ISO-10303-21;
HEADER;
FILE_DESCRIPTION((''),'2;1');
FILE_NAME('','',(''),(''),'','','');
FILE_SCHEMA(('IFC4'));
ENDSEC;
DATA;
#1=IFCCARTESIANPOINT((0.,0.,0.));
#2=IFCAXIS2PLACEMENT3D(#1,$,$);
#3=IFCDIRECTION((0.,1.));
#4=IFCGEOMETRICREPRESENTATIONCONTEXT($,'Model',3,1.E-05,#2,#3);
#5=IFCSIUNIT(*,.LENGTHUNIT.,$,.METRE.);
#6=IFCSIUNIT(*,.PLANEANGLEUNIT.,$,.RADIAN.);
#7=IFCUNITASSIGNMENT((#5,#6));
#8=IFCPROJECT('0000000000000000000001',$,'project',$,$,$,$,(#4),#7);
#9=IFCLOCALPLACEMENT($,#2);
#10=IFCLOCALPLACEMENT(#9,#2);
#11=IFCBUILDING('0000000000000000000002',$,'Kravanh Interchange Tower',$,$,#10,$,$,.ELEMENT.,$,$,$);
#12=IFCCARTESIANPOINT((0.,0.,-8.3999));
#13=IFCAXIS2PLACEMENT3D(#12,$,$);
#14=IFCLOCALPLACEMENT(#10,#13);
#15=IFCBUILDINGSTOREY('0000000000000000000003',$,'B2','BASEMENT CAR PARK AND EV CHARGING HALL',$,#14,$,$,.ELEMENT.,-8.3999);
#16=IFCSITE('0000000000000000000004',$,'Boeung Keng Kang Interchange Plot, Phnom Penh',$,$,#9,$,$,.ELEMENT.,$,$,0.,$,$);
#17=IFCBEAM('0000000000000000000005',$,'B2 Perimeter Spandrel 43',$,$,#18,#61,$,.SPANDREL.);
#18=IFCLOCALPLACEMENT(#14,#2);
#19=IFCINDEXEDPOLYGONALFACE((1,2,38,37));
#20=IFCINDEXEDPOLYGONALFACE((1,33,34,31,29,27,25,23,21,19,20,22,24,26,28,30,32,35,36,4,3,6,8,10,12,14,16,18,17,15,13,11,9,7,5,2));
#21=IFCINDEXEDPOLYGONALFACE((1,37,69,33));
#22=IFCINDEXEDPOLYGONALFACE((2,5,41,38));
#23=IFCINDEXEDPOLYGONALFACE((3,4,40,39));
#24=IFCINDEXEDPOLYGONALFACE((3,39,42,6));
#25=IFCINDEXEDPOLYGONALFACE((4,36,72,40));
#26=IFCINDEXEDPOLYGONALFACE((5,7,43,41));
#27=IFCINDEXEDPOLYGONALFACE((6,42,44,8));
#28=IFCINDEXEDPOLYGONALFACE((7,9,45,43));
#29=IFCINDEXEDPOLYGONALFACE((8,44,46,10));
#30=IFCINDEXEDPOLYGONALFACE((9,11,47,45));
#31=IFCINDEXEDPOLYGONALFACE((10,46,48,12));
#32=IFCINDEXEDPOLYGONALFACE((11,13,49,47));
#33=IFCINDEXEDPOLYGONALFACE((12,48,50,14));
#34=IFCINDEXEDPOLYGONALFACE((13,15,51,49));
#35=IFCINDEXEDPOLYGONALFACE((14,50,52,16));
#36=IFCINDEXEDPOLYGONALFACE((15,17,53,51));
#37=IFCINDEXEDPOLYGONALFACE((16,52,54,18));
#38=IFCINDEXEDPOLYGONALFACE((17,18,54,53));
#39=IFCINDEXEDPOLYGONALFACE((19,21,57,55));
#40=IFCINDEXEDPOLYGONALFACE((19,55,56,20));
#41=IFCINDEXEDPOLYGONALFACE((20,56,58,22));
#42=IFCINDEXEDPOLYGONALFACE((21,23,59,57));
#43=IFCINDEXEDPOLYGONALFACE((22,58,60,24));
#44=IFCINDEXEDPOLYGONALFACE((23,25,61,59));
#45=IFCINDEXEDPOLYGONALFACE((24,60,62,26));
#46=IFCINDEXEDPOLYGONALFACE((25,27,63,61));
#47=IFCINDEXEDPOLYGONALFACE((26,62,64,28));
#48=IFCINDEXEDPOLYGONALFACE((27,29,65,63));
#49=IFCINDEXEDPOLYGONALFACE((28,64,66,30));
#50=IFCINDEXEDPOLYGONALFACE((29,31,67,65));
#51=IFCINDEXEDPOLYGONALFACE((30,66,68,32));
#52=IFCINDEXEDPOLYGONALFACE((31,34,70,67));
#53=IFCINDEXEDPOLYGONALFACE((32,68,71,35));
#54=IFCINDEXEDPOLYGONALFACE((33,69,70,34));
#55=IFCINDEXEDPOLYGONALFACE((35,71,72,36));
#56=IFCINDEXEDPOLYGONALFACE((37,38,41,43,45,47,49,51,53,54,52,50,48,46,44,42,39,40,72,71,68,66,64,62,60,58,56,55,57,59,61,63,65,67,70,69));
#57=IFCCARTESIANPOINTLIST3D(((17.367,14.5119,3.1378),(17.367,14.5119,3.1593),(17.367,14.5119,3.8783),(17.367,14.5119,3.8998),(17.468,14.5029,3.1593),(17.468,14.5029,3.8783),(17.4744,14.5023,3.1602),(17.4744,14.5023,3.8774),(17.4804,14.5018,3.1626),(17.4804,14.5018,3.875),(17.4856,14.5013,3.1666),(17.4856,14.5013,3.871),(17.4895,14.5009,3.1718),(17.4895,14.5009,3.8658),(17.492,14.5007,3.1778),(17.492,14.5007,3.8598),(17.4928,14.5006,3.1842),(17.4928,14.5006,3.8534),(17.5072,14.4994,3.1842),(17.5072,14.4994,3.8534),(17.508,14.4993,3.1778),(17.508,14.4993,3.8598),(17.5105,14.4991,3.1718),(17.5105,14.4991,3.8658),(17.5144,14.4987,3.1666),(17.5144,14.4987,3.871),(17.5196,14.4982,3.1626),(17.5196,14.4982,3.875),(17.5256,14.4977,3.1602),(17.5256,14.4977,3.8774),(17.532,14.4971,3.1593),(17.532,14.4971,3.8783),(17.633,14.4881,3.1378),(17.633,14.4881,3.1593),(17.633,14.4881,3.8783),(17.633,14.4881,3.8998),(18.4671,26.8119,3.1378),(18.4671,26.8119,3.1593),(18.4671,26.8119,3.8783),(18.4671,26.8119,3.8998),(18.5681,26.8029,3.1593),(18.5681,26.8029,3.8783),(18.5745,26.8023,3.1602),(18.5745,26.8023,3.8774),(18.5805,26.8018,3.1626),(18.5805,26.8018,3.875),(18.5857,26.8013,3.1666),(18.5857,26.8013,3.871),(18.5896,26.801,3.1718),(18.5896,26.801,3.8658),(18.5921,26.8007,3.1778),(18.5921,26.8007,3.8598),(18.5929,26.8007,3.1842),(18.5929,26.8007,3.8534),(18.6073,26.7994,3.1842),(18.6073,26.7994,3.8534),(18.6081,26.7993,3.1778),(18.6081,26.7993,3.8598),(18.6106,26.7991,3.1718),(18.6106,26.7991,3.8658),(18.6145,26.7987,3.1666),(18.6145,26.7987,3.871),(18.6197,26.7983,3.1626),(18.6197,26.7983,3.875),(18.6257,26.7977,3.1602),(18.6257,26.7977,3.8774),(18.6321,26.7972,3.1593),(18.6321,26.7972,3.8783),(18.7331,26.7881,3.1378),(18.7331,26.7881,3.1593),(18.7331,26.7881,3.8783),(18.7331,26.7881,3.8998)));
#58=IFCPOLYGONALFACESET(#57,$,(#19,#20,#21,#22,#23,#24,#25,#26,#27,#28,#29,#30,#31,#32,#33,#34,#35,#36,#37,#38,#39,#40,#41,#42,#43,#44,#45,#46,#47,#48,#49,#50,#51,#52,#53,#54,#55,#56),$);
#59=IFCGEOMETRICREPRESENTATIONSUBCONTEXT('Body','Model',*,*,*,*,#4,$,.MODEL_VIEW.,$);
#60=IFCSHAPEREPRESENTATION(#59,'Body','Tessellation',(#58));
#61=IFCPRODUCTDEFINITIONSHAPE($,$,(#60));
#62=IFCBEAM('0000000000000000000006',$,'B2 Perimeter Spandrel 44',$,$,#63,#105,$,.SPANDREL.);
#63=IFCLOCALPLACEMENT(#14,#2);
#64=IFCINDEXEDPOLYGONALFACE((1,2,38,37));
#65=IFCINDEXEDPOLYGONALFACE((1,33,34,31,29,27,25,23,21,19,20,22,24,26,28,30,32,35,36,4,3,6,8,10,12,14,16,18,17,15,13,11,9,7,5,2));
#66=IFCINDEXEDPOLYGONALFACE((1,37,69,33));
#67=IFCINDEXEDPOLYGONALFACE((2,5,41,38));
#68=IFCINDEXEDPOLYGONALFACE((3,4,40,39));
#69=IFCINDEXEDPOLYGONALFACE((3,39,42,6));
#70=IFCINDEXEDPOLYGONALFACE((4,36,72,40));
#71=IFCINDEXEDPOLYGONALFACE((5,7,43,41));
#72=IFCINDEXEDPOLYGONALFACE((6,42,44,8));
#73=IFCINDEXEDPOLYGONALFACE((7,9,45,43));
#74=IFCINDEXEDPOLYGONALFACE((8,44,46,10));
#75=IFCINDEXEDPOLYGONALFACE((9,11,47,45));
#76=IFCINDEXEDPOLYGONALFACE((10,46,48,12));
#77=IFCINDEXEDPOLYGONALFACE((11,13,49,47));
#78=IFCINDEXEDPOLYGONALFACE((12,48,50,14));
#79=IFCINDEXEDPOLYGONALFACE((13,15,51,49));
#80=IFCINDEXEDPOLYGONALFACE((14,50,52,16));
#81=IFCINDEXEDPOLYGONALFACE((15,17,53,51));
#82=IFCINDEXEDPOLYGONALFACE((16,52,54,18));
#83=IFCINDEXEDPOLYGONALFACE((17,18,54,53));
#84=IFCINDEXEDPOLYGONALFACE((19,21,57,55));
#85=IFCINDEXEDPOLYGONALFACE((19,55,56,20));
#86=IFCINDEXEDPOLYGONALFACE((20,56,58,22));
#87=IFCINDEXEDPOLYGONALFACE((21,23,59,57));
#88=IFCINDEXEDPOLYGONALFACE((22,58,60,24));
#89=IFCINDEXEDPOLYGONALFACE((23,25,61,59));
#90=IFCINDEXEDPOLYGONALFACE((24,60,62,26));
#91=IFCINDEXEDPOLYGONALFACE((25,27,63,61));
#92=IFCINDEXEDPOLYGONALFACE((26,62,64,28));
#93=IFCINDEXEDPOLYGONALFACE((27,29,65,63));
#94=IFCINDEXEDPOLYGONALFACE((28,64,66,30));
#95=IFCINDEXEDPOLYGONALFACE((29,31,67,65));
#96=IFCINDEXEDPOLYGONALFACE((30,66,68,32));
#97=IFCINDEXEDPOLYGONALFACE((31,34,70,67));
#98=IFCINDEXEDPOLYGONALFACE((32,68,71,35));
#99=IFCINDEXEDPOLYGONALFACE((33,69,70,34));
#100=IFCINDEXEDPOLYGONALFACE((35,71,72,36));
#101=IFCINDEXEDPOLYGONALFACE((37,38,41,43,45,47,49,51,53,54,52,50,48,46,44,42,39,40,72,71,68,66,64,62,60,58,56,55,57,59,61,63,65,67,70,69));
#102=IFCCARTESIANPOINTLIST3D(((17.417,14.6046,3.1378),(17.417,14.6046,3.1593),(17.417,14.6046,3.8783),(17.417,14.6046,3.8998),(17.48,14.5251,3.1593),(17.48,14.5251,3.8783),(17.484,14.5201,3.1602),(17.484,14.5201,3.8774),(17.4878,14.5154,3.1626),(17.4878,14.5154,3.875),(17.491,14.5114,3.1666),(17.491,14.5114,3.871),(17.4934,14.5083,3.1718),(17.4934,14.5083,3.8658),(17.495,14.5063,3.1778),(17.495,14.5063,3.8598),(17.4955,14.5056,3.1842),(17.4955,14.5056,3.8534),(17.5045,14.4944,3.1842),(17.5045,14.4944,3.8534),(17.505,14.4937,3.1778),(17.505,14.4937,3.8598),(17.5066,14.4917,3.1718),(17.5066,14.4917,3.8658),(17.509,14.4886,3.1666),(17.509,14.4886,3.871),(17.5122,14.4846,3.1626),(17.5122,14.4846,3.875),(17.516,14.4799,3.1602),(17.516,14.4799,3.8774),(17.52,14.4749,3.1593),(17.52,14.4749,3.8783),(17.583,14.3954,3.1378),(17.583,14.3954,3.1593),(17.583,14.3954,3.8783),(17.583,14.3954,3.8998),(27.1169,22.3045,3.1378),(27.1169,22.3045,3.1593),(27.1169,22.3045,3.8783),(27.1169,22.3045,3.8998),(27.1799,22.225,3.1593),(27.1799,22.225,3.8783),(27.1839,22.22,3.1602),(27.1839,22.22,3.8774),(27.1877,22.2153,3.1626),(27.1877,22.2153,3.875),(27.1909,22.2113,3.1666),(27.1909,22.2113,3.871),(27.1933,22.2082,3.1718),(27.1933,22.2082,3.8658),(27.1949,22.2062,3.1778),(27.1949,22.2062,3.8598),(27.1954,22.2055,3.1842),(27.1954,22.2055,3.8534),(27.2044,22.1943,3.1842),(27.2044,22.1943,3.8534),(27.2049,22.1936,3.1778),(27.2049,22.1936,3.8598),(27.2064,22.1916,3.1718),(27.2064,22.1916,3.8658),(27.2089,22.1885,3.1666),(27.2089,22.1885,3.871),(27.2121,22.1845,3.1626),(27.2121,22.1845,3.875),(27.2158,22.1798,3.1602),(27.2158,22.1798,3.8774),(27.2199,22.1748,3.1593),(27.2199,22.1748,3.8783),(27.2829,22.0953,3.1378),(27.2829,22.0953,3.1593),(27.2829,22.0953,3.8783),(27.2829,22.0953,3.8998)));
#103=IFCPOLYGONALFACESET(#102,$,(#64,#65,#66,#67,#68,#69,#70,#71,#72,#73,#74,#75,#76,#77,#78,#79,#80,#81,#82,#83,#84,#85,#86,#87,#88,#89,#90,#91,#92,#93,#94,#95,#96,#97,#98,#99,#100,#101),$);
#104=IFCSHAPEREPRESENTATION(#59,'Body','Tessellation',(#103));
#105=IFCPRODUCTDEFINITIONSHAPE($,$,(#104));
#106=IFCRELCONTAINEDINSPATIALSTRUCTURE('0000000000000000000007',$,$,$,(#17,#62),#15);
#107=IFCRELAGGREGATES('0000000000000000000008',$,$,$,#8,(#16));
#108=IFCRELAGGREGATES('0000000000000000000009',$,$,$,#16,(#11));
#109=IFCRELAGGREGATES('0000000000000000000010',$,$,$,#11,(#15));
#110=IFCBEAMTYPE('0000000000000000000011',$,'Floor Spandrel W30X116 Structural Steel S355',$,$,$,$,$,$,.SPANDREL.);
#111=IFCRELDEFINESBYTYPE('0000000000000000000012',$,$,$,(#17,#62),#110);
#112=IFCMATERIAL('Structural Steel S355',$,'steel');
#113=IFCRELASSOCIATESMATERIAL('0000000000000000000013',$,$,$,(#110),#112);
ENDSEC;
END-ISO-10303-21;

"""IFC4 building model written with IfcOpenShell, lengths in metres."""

from ifc_helpers import new_model, si_unit, direction, frame, origin, origin_2d, place, context, subcontext, project, spatial, i_section, extrude, material, material_profile, profile_set, type_object, element, save


model = new_model("IFC4")

# Units and contexts
model_context = context("Model", 3, precision=1e-05, world=origin(), true_north=direction((0.0, 1.0)))
body_context = subcontext(model_context, "Body", "Model", "MODEL_VIEW")
ifc_project = project(units=[si_unit("LENGTHUNIT", "METRE"), si_unit("PLANEANGLEUNIT", "RADIAN")], contexts=[model_context])

# Site, building, storey
site_placement = place(None, origin())
site = spatial("IfcSite", under=ifc_project, at=site_placement, Name="Boeung Keng Kang Interchange Plot, Phnom Penh", CompositionType="ELEMENT", RefElevation=0.0)
building_placement = place(site_placement, origin())
building = spatial("IfcBuilding", under=site, at=building_placement, Name="Kravanh Interchange Tower", CompositionType="ELEMENT")
storey_placement = place(building_placement, frame((0.0, 0.0, -8.3999)))
storey = spatial("IfcBuildingStorey", under=building, at=storey_placement, Name="B2", Description="BASEMENT CAR PARK AND EV CHARGING HALL", CompositionType="ELEMENT", Elevation=-8.3999)

# Beams
ifc_material_1 = material(Name="Structural Steel S355", Category="steel")
ifc_material_profile_1 = material_profile(ifc_material_1, i_section(OverallWidth=0.2671, OverallDepth=0.762, WebThickness=0.0144, FlangeThickness=0.0215, FilletRadius=0.0249, at=origin_2d()), Name="W30X116")
ifc_profile_set_1 = profile_set([ifc_material_profile_1], Name="Structural Steel S355")
beam_type_1 = type_object("IfcBeamType", Name="Floor Spandrel W30X116 Structural Steel S355", PredefinedType="SPANDREL", material=ifc_profile_set_1)
beam_1_placement = place(storey_placement, frame((17.5, 14.5, 3.5188), z_axis=(0.089083, 0.996024, 0.0), x_axis=(-0.996024, 0.089083, 0.0)))
element("IfcBeam", 1, at=beam_1_placement, inside=storey, type_object=beam_type_1, Name="B2 Perimeter Spandrel 43", PredefinedType="SPANDREL", context=body_context, shape_type="SweptSolid", body=[
    extrude(i_section(OverallWidth=0.2671, OverallDepth=0.762, WebThickness=0.0144, FlangeThickness=0.0215, FilletRadius=0.0249, at=origin_2d()), origin(), (0.0, 0.0, 1.0), 12.3491),
])
beam_2_placement = place(storey_placement, frame((17.5, 14.5, 3.5188), z_axis=(0.783227, 0.621736, 0.0), x_axis=(-0.621736, 0.783227, 0.0)))
element("IfcBeam", 2, at=beam_2_placement, inside=storey, type_object=beam_type_1, Name="B2 Perimeter Spandrel 44", PredefinedType="SPANDREL", context=body_context, shape_type="SweptSolid", body=[
    extrude(i_section(OverallWidth=0.2671, OverallDepth=0.762, WebThickness=0.0144, FlangeThickness=0.0215, FilletRadius=0.0249, at=origin_2d()), origin(), (0.0, 0.0, 1.0), 12.3845),
])

save(model, "model.ifc")
